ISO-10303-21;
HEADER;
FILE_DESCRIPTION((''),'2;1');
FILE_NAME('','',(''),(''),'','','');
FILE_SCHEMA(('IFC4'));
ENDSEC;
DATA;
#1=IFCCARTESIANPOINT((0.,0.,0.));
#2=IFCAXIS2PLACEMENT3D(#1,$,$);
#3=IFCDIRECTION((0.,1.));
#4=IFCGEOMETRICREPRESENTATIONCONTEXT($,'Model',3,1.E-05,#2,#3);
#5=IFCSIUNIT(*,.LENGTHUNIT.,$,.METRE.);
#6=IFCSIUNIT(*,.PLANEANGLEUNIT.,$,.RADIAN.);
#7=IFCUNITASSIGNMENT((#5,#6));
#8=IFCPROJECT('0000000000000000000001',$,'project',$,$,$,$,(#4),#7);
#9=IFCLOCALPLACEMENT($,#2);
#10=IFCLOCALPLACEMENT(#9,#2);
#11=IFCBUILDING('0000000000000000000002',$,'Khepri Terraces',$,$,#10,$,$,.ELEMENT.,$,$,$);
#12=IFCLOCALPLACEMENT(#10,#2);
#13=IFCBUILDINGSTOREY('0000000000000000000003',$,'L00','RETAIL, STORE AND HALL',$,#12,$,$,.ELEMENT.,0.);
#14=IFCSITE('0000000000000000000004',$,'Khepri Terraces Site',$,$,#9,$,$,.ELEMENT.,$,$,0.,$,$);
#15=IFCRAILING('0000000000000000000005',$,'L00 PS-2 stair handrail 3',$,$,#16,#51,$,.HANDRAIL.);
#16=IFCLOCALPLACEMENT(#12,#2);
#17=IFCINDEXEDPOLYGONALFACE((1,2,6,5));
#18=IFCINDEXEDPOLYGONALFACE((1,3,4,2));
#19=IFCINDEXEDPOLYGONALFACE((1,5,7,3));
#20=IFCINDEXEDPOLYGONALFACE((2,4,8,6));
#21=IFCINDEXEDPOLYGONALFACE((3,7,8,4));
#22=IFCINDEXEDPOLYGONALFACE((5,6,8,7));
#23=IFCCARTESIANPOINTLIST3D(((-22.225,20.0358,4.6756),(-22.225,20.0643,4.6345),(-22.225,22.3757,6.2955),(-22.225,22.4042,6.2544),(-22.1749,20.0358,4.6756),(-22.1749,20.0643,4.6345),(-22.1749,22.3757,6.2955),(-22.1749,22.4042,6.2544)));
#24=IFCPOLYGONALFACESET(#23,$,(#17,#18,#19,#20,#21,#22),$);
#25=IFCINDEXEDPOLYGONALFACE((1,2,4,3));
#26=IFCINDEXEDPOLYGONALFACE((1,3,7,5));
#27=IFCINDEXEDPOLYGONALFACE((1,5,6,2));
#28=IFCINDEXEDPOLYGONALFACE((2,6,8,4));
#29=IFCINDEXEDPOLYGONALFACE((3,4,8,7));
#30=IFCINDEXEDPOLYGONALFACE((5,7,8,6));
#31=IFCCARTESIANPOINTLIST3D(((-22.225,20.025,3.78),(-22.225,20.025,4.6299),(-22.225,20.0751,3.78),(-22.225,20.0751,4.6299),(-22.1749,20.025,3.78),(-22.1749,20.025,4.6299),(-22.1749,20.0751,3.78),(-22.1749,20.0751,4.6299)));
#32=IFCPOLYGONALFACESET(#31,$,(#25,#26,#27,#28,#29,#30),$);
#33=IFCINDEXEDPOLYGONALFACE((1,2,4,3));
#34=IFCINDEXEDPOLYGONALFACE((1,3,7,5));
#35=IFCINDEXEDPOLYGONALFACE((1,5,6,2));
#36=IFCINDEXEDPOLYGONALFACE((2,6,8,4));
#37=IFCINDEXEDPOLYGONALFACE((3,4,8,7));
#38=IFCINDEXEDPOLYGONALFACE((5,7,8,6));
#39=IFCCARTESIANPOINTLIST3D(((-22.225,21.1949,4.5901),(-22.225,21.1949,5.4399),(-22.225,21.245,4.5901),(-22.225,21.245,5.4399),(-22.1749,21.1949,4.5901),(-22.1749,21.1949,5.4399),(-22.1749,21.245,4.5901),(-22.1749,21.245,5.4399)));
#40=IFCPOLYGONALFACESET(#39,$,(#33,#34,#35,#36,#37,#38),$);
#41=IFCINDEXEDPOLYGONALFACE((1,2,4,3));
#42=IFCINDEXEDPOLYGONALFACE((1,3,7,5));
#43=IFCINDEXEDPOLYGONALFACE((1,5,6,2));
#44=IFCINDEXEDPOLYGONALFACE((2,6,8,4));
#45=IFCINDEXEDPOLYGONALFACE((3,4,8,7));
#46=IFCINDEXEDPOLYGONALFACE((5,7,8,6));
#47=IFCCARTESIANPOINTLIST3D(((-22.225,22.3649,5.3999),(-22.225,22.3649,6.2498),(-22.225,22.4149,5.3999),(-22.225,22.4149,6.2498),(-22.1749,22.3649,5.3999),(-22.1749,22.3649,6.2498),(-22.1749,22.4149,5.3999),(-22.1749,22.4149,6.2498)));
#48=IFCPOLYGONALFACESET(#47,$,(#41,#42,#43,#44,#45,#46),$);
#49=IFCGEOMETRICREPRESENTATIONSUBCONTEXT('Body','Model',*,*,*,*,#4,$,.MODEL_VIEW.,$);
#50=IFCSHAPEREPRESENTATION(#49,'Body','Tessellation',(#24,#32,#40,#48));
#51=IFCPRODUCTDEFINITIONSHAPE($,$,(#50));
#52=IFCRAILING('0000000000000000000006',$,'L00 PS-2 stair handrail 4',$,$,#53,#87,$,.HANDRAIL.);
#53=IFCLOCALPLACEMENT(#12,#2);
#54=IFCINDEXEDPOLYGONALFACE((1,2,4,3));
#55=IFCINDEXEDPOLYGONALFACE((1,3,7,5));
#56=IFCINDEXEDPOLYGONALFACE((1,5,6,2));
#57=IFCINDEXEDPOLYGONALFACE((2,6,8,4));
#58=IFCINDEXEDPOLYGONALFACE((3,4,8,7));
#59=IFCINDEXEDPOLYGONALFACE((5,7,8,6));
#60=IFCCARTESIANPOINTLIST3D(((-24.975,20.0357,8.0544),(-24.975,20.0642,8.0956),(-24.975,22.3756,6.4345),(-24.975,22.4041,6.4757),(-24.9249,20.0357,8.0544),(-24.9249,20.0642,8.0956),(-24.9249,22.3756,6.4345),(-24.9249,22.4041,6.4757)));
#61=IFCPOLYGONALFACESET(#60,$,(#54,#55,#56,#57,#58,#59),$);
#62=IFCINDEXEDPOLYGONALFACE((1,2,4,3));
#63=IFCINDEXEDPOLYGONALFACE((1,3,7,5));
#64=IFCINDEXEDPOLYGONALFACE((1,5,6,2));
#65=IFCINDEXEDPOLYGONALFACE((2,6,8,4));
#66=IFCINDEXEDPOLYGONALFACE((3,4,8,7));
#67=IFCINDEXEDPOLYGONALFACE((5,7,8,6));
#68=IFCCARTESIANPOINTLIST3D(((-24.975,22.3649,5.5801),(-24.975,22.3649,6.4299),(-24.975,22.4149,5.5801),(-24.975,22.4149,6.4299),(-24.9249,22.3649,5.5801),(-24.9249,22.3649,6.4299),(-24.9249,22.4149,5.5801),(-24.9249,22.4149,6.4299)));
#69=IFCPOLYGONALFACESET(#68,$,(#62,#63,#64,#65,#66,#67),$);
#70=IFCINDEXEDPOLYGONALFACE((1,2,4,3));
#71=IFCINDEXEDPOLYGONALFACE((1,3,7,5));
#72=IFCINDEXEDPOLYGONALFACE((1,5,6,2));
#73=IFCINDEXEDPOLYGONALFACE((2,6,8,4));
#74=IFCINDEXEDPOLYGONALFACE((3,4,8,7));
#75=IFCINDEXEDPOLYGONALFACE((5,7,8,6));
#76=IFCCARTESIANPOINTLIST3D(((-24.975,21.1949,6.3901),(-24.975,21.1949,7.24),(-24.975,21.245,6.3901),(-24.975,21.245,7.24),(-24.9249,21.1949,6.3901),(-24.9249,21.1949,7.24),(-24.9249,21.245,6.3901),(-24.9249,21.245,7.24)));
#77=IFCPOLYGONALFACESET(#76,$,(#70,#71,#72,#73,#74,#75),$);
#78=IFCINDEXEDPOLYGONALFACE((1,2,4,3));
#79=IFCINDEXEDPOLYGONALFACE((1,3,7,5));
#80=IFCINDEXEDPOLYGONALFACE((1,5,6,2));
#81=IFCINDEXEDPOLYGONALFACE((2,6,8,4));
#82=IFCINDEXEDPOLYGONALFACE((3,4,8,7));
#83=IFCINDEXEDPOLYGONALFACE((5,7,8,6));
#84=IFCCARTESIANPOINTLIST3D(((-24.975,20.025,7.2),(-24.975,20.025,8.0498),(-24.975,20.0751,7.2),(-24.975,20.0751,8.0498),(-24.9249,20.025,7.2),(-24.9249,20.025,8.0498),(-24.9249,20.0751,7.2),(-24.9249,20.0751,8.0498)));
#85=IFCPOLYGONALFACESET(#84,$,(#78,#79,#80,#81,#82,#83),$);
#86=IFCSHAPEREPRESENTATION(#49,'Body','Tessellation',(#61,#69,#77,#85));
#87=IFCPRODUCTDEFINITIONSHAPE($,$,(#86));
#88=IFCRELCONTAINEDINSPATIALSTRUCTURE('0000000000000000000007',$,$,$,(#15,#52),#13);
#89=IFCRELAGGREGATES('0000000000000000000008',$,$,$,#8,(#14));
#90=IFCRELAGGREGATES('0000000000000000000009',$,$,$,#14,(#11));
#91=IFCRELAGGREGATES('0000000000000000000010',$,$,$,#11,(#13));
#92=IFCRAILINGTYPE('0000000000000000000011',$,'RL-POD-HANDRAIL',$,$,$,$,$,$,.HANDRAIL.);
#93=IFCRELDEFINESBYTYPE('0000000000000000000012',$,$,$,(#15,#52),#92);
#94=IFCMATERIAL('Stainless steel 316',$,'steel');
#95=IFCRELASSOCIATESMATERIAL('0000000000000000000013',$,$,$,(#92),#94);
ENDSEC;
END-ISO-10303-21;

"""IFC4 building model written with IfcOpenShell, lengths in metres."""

from ifc_helpers import new_model, si_unit, direction, frame, origin, origin_2d, place, context, subcontext, project, spatial, rectangle, extrude, material, type_object, element, save


model = new_model("IFC4")

# Units and contexts
model_context = context("Model", 3, precision=1e-05, world=origin(), true_north=direction((0.0, 1.0)))
body_context = subcontext(model_context, "Body", "Model", "MODEL_VIEW")
ifc_project = project(units=[si_unit("LENGTHUNIT", "METRE"), si_unit("PLANEANGLEUNIT", "RADIAN")], contexts=[model_context])

# Site, building, storey
site_placement = place(None, origin())
site = spatial("IfcSite", under=ifc_project, at=site_placement, Name="Khepri Terraces Site", CompositionType="ELEMENT", RefElevation=0.0)
building_placement = place(site_placement, origin())
building = spatial("IfcBuilding", under=site, at=building_placement, Name="Khepri Terraces", CompositionType="ELEMENT")
storey_placement = place(building_placement, origin())
storey = spatial("IfcBuildingStorey", under=building, at=storey_placement, Name="L00", Description="RETAIL, STORE AND HALL", CompositionType="ELEMENT", Elevation=0.0)

# Railings
ifc_material_1 = material(Name="Stainless steel 316", Category="steel")
railing_type_1 = type_object("IfcRailingType", Name="RL-POD-HANDRAIL", PredefinedType="HANDRAIL", material=ifc_material_1)
railing_1_placement = place(storey_placement, frame((-22.2, 20.05, 3.78)))
element("IfcRailing", 1, at=railing_1_placement, inside=storey, type_object=railing_type_1, Name="L00 PS-2 stair handrail 3", PredefinedType="HANDRAIL", context=body_context, shape_type="SweptSolid", body=[
    extrude(rectangle(XDim=0.05, YDim=0.05, at=origin_2d()), frame((0.0, 0.0, 0.875), z_axis=(0.0, 0.822195, 0.569206), x_axis=(-1.0, 0.0, 0.0)), (0.0, 0.0, 1.0), 2.8459),
    extrude(rectangle(XDim=0.05, YDim=0.05, at=origin_2d()), origin(), (0.0, 0.0, 1.0), 0.8499),
    extrude(rectangle(XDim=0.05, YDim=0.05, at=origin_2d()), frame((0.0, 1.1699, 0.8101)), (0.0, 0.0, 1.0), 0.8499),
    extrude(rectangle(XDim=0.05, YDim=0.05, at=origin_2d()), frame((0.0, 2.3398, 1.6199)), (0.0, 0.0, 1.0), 0.8499),
])
railing_2_placement = place(storey_placement, frame((-24.95, 22.3899, 5.5801)))
element("IfcRailing", 2, at=railing_2_placement, inside=storey, type_object=railing_type_1, Name="L00 PS-2 stair handrail 4", PredefinedType="HANDRAIL", context=body_context, shape_type="SweptSolid", body=[
    extrude(rectangle(XDim=0.05, YDim=0.05, at=origin_2d()), frame((0.0, 0.0, 0.875), z_axis=(0.0, -0.822195, 0.569206), x_axis=(1.0, 0.0, 0.0)), (0.0, 0.0, 1.0), 2.8459),
    extrude(rectangle(XDim=0.05, YDim=0.05, at=origin_2d()), origin(), (0.0, 0.0, 1.0), 0.8499),
    extrude(rectangle(XDim=0.05, YDim=0.05, at=origin_2d()), frame((0.0, -1.1699, 0.8101)), (0.0, 0.0, 1.0), 0.8499),
    extrude(rectangle(XDim=0.05, YDim=0.05, at=origin_2d()), frame((0.0, -2.3398, 1.6199)), (0.0, 0.0, 1.0), 0.8499),
])

save(model, "model.ifc")
